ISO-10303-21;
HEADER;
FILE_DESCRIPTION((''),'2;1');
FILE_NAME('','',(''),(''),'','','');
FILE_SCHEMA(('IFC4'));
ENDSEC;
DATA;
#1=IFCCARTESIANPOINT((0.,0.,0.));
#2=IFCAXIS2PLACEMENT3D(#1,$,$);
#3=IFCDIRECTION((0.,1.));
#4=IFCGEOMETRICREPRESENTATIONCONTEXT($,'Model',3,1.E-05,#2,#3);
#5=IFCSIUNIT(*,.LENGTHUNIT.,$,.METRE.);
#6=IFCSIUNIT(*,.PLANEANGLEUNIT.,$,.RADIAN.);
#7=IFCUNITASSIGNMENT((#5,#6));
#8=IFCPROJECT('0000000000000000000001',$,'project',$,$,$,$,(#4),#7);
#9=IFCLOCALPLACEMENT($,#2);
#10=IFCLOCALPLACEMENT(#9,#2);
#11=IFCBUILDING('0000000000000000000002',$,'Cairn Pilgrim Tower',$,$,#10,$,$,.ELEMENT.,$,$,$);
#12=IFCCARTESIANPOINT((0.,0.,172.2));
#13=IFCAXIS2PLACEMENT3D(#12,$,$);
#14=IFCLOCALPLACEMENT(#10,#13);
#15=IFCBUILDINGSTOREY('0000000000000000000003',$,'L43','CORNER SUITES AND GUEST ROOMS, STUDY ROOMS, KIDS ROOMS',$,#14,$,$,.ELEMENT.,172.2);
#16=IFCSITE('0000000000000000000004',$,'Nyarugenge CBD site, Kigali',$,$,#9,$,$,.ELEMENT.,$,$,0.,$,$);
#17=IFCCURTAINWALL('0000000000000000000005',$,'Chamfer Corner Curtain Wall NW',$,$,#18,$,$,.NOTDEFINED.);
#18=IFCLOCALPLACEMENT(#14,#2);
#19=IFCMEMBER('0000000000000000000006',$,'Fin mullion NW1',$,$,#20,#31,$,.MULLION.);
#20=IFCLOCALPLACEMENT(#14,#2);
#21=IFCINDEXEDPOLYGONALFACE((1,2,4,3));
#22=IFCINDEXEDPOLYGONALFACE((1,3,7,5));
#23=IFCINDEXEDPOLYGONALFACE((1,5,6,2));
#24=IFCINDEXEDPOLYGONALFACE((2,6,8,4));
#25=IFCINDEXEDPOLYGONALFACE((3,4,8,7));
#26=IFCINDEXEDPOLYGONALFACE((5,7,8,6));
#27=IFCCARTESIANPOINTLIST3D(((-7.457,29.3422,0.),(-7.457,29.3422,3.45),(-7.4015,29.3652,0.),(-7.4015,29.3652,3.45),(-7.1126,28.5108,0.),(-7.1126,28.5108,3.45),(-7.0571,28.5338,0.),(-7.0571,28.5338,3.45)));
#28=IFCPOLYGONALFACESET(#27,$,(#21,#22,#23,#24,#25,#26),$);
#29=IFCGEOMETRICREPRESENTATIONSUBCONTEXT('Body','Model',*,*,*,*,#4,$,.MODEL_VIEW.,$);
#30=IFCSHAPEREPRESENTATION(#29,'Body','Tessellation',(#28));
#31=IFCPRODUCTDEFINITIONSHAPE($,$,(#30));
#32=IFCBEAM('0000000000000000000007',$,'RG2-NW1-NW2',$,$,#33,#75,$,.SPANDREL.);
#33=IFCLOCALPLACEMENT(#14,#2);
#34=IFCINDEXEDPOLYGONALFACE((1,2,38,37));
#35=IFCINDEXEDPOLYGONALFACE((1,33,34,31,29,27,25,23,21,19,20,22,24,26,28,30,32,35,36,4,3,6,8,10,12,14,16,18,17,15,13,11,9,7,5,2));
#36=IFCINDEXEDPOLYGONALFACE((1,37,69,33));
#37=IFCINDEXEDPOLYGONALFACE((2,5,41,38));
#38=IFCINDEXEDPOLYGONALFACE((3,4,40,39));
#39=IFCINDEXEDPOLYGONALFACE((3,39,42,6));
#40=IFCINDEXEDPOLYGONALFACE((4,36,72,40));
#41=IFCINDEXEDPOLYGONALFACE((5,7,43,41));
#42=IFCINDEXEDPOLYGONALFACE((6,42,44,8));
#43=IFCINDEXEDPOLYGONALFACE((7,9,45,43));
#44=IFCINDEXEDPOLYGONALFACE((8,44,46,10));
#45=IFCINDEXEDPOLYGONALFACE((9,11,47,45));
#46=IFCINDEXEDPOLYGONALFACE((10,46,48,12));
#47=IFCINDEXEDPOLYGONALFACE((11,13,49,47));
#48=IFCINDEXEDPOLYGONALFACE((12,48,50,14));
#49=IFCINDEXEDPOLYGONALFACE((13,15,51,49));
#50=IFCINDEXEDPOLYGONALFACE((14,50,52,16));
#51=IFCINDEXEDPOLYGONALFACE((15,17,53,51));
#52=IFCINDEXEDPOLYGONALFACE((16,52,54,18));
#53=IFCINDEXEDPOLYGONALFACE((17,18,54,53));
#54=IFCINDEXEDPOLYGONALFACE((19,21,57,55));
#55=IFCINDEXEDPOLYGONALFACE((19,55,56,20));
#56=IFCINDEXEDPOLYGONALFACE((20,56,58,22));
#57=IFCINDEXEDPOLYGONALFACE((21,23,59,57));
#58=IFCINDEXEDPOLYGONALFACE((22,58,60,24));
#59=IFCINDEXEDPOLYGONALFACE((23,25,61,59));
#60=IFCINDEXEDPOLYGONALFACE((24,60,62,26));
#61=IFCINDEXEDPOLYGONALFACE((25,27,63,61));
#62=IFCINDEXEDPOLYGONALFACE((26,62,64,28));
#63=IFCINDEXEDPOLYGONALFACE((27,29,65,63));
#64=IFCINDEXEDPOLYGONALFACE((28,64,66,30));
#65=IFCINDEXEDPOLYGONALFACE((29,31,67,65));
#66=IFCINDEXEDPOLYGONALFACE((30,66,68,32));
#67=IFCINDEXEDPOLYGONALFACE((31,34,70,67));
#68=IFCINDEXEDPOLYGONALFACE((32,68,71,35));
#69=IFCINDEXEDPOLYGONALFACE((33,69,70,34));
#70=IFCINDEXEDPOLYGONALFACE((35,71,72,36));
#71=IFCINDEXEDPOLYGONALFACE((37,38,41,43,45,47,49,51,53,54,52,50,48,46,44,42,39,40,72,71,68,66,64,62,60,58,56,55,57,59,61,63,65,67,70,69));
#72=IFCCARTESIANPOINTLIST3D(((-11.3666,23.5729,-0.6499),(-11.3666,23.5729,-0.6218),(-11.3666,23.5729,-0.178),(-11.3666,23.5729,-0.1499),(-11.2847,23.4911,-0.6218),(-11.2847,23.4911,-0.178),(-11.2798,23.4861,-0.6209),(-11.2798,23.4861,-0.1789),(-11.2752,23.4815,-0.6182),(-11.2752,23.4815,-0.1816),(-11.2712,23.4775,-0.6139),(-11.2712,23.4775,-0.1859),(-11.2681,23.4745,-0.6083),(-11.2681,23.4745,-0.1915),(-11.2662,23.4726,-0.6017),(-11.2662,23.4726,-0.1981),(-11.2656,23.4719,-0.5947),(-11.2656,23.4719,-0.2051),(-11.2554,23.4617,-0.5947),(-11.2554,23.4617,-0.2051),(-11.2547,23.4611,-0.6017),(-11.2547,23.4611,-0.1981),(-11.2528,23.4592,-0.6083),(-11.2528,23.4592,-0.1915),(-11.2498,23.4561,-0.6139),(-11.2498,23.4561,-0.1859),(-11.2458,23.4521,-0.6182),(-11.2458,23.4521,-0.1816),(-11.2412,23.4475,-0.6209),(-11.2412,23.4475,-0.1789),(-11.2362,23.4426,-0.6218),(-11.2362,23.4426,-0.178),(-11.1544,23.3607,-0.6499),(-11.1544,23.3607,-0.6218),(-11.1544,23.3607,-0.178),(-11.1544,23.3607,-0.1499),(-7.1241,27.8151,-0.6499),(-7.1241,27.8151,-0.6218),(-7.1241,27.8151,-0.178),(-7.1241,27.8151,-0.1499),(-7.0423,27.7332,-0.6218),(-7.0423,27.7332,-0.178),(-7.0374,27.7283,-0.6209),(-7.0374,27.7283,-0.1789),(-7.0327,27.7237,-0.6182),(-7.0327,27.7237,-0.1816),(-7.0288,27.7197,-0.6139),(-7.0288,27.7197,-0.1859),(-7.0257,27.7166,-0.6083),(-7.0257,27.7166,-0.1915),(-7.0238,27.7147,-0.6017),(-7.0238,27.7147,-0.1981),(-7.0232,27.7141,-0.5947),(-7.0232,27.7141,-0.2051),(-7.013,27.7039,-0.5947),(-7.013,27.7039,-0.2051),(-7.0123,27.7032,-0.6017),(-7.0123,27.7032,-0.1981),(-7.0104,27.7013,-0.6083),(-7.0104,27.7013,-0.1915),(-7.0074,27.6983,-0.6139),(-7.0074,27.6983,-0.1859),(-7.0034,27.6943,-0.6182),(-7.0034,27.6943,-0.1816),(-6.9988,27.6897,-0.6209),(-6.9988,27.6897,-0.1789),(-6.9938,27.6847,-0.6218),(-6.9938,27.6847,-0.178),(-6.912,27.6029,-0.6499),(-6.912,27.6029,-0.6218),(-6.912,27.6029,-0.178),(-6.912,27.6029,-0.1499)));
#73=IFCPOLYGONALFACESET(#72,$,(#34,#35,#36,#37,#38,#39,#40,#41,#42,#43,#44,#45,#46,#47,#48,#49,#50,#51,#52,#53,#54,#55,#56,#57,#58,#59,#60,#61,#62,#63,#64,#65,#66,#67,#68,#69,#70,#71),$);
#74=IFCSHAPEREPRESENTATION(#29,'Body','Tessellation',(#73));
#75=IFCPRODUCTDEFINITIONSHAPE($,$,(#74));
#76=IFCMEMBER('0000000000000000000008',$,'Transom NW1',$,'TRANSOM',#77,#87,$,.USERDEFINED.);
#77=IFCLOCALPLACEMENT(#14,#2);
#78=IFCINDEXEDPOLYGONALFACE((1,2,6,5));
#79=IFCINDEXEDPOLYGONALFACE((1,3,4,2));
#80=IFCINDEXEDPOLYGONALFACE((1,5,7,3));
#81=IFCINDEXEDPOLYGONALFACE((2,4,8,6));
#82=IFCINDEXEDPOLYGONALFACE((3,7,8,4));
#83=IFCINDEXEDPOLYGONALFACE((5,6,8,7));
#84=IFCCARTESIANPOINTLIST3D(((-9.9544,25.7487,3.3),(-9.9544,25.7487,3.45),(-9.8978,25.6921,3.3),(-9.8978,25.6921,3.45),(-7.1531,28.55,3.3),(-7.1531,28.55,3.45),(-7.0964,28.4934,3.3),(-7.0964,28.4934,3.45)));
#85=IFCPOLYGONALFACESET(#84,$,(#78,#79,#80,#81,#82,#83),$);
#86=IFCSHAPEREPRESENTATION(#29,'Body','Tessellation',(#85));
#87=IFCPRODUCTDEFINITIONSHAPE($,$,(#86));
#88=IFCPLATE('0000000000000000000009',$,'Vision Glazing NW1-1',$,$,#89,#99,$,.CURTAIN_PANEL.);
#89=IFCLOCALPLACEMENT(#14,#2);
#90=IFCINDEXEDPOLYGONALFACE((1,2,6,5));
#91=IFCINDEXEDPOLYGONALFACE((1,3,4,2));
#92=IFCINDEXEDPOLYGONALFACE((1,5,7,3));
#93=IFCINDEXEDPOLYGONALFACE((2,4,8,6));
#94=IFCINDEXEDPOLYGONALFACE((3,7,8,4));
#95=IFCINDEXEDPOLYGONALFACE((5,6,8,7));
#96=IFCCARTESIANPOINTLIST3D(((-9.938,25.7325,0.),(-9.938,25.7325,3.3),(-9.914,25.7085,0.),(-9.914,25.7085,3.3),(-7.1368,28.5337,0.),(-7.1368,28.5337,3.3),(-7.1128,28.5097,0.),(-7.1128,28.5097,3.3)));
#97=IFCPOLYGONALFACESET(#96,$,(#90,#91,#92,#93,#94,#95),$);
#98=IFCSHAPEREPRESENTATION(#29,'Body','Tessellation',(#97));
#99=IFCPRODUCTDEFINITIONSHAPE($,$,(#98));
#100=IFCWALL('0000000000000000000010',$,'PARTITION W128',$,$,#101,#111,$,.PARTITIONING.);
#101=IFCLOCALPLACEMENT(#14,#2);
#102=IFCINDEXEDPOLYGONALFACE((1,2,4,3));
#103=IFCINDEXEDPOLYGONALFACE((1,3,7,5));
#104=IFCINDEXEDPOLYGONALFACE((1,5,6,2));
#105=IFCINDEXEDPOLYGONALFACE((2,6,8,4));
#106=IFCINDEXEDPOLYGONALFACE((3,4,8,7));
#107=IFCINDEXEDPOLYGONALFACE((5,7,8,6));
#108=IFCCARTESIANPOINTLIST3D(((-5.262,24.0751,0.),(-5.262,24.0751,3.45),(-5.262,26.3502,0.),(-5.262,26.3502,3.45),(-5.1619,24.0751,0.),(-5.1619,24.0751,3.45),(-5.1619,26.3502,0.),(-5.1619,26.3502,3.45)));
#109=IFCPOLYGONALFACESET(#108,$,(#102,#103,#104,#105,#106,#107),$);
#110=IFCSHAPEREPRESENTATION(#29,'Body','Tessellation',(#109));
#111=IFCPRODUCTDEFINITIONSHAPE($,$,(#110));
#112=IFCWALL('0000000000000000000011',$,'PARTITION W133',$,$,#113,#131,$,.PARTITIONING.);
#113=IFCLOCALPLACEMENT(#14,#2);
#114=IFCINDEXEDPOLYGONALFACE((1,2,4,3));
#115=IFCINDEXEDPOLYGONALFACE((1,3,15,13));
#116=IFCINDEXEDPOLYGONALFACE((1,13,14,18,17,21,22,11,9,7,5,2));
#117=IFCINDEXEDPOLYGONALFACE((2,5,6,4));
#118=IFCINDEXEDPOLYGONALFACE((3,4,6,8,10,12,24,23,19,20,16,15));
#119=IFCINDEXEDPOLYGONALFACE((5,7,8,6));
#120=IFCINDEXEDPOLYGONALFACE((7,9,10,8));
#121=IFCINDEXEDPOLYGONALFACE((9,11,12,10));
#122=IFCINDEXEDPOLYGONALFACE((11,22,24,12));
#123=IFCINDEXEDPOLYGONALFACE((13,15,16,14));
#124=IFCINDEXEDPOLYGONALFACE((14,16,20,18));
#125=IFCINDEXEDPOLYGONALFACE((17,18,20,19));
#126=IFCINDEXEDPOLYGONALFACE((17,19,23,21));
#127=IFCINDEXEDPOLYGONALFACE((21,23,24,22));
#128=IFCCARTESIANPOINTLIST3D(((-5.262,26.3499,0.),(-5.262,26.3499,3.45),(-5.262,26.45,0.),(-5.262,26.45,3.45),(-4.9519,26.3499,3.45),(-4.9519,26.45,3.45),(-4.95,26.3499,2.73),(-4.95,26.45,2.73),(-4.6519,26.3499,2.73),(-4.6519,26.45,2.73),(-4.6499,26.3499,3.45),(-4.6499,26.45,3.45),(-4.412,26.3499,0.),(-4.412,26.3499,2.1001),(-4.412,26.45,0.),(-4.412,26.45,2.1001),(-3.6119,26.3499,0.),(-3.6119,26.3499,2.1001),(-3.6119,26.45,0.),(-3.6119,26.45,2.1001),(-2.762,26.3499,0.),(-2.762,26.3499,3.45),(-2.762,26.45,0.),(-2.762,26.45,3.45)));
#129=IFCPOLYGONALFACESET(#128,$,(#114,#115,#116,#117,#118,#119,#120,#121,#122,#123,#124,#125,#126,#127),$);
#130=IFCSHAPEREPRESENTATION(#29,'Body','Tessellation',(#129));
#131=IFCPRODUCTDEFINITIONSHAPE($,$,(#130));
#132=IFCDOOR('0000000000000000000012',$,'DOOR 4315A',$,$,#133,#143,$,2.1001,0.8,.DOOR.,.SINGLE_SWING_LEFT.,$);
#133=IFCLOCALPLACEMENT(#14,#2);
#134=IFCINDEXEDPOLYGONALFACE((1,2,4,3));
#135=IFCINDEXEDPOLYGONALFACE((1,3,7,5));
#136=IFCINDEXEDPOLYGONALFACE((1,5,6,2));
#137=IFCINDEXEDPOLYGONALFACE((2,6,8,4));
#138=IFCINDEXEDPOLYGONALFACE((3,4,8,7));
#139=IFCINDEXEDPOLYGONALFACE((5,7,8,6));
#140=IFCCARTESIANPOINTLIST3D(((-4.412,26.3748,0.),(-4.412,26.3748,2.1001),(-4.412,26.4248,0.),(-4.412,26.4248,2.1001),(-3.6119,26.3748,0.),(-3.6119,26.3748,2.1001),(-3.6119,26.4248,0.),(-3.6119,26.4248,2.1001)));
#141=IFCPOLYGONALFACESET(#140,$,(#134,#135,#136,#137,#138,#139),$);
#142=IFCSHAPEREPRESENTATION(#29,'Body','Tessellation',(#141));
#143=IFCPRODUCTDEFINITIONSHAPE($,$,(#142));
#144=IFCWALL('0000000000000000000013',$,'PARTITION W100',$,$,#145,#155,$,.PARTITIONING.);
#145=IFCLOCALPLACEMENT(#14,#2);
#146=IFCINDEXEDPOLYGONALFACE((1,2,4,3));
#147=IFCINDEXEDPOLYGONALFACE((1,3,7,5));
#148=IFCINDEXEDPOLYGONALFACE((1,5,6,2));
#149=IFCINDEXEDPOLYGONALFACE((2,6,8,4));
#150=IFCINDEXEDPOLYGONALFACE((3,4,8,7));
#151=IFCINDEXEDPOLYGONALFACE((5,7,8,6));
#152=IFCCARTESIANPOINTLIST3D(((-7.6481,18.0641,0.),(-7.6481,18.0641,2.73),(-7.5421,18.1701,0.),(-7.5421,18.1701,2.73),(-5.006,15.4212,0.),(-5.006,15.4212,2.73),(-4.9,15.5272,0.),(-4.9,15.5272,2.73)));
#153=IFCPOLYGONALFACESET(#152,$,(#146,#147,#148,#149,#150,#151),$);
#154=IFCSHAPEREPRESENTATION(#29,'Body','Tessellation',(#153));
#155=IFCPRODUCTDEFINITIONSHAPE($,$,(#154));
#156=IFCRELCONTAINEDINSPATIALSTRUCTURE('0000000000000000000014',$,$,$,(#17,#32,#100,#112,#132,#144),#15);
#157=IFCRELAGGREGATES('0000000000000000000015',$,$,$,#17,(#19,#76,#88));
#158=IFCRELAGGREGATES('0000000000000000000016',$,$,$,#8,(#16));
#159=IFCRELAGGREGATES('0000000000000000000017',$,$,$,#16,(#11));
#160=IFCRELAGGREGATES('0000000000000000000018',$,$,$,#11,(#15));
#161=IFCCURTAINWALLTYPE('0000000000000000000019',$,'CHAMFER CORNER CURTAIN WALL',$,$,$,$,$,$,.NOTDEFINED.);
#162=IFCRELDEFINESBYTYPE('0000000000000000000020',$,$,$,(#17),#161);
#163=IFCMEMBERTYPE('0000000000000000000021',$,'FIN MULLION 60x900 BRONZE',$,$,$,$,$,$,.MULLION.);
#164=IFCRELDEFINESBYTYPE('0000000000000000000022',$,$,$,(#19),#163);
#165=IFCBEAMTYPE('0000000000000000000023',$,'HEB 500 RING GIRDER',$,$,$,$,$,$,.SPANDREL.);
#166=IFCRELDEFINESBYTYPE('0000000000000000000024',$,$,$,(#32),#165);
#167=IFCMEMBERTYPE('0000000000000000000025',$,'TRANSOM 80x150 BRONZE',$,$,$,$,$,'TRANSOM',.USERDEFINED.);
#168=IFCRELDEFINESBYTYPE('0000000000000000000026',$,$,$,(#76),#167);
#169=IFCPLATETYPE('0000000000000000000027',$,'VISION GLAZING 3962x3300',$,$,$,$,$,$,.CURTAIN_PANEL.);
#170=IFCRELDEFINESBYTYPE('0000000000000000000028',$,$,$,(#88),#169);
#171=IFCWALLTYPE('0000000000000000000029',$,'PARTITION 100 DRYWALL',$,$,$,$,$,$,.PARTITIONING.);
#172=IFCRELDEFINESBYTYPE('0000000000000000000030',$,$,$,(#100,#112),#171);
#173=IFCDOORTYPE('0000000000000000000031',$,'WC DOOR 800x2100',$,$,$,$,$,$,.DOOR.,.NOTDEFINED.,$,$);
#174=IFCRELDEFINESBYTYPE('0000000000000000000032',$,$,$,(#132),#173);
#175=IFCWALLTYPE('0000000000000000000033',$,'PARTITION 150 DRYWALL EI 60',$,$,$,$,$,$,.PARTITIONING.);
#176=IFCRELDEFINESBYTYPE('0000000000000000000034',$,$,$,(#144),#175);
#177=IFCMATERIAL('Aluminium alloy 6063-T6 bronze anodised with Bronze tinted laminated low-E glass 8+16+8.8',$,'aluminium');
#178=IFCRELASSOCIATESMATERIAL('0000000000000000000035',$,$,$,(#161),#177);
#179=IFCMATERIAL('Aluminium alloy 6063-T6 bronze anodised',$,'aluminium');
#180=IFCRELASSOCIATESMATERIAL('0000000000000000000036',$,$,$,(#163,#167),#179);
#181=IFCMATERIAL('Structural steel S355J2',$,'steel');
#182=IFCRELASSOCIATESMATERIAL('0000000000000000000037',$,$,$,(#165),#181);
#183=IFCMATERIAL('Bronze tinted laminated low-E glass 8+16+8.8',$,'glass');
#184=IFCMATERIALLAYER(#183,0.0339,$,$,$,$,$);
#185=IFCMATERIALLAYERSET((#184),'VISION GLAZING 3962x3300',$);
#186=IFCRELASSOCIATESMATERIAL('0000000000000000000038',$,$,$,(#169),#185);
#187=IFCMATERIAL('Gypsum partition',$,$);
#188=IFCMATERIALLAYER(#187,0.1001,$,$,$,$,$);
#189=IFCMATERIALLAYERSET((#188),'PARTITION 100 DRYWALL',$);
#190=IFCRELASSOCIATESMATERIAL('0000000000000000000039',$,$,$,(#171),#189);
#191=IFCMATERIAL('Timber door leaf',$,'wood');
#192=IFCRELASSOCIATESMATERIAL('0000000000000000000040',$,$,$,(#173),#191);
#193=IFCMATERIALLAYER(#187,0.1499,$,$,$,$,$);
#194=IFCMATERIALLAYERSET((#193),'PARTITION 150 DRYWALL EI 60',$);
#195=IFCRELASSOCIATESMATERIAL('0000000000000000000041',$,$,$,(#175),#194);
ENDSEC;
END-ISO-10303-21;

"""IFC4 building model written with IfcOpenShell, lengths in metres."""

from ifc_helpers import new_model, si_unit, direction, frame, frame_2d, origin, origin_2d, place, context, subcontext, project, spatial, polyline, rectangle, i_section, outline, extrude, material, layer, layer_set, material_profile, profile_set, type_object, element, fill, aggregate, save


model = new_model("IFC4")

# Units and contexts
model_context = context("Model", 3, precision=1e-05, world=origin(), true_north=direction((0.0, 1.0)))
body_context = subcontext(model_context, "Body", "Model", "MODEL_VIEW")
ifc_project = project(units=[si_unit("LENGTHUNIT", "METRE"), si_unit("PLANEANGLEUNIT", "RADIAN")], contexts=[model_context])

# Site, building, storey
site_placement = place(None, origin())
site = spatial("IfcSite", under=ifc_project, at=site_placement, Name="Nyarugenge CBD site, Kigali", CompositionType="ELEMENT", RefElevation=0.0)
building_placement = place(site_placement, origin())
building = spatial("IfcBuilding", under=site, at=building_placement, Name="Cairn Pilgrim Tower", CompositionType="ELEMENT")
storey_placement = place(building_placement, frame((0.0, 0.0, 172.2)))
storey = spatial("IfcBuildingStorey", under=building, at=storey_placement, Name="L43", Description="CORNER SUITES AND GUEST ROOMS, STUDY ROOMS, KIDS ROOMS", CompositionType="ELEMENT", Elevation=172.2)

# Curtain wall, member
ifc_material_1 = material(Name="Aluminium alloy 6063-T6 bronze anodised with Bronze tinted laminated low-E glass 8+16+8.8", Category="aluminium")
curtain_wall_type = type_object("IfcCurtainWallType", Name="CHAMFER CORNER CURTAIN WALL", PredefinedType="NOTDEFINED", material=ifc_material_1)
curtain_wall_placement = place(storey_placement, origin())
curtain_wall = element("IfcCurtainWall", 1, at=curtain_wall_placement, inside=storey, type_object=curtain_wall_type, Name="Chamfer Corner Curtain Wall NW", PredefinedType="NOTDEFINED")
ifc_material_2 = material(Name="Aluminium alloy 6063-T6 bronze anodised", Category="aluminium")
ifc_material_profile_1 = material_profile(ifc_material_2, rectangle(XDim=0.8999, YDim=0.0601, at=origin_2d()), Name="FIN MULLION 60x900 BRONZE")
ifc_profile_set_1 = profile_set([ifc_material_profile_1], Name="Aluminium alloy 6063-T6 bronze anodised")
member_type_1 = type_object("IfcMemberType", Name="FIN MULLION 60x900 BRONZE", PredefinedType="MULLION", material=ifc_profile_set_1)
member_1_placement = place(storey_placement, frame((-7.2571, 28.938, 0.0), z_axis=(0.0, 0.0, 1.0), x_axis=(-0.382683, 0.92388, 0.0)))
member_1 = element("IfcMember", 2, at=member_1_placement, type_object=member_type_1, Name="Fin mullion NW1", PredefinedType="MULLION", context=body_context, shape_type="SweptSolid", body=[
    extrude(rectangle(XDim=0.8999, YDim=0.0601, at=origin_2d()), origin(), (0.0, 0.0, 1.0), 3.45),
])

# Beam
ifc_material_3 = material(Name="Structural steel S355J2", Category="steel")
ifc_material_profile_2 = material_profile(ifc_material_3, i_section(OverallWidth=0.3, OverallDepth=0.5, WebThickness=0.0144, FlangeThickness=0.0281, FilletRadius=0.0271, at=origin_2d()), Name="HEB 500")
ifc_profile_set_2 = profile_set([ifc_material_profile_2], Name="Structural steel S355J2")
beam_type = type_object("IfcBeamType", Name="HEB 500 RING GIRDER", PredefinedType="SPANDREL", material=ifc_profile_set_2)
beam_placement = place(storey_placement, frame((-7.0181, 27.709, -0.3999), z_axis=(-0.707127, -0.707086, 0.0), x_axis=(0.707086, -0.707127, 0.0)))
element("IfcBeam", 3, at=beam_placement, inside=storey, type_object=beam_type, Name="RG2-NW1-NW2", PredefinedType="SPANDREL", context=body_context, shape_type="SweptSolid", body=[
    extrude(i_section(OverallWidth=0.3, OverallDepth=0.5, WebThickness=0.0144, FlangeThickness=0.0281, FilletRadius=0.0271, at=origin_2d()), origin(), (0.0, 0.0, 1.0), 5.9995),
])

# Member
ifc_material_profile_3 = material_profile(ifc_material_2, rectangle(XDim=0.0801, YDim=0.1499, at=origin_2d()), Name="TRANSOM 80x150 BRONZE")
ifc_profile_set_3 = profile_set([ifc_material_profile_3], Name="Aluminium alloy 6063-T6 bronze anodised")
member_type_2 = type_object("IfcMemberType", Name="TRANSOM 80x150 BRONZE", ElementType="TRANSOM", PredefinedType="USERDEFINED", material=ifc_profile_set_3)
member_2_placement = place(storey_placement, frame((-7.1248, 28.5217, 3.375), z_axis=(-0.707107, -0.707107, 0.0), x_axis=(0.707107, -0.707107, 0.0)))
member_2 = element("IfcMember", 4, at=member_2_placement, type_object=member_type_2, Name="Transom NW1", ObjectType="TRANSOM", PredefinedType="USERDEFINED", context=body_context, shape_type="SweptSolid", body=[
    extrude(rectangle(XDim=0.0801, YDim=0.1499, at=origin_2d()), origin(), (0.0, 0.0, 1.0), 3.9617),
])

# Plate
ifc_material_4 = material(Name="Bronze tinted laminated low-E glass 8+16+8.8", Category="glass")
ifc_layer_1 = layer(ifc_material_4, 0.0339)
ifc_layer_set_1 = layer_set([ifc_layer_1], Name="VISION GLAZING 3962x3300")
plate_type = type_object("IfcPlateType", Name="VISION GLAZING 3962x3300", PredefinedType="CURTAIN_PANEL", material=ifc_layer_set_1)
plate_placement = place(storey_placement, frame((-8.5254, 27.1211, 0.0), z_axis=(0.0, 0.0, 1.0), x_axis=(-0.707107, -0.707107, 0.0)))
plate = element("IfcPlate", 5, at=plate_placement, type_object=plate_type, Name="Vision Glazing NW1-1", PredefinedType="CURTAIN_PANEL", context=body_context, shape_type="SweptSolid", body=[
    extrude(rectangle(XDim=3.9614, YDim=0.0339, at=origin_2d()), origin(), (0.0, 0.0, 1.0), 3.3),
])
aggregate(curtain_wall, [member_1, member_2, plate])

# Wall
ifc_material_5 = material(Name="Gypsum partition")
ifc_layer_2 = layer(ifc_material_5, 0.1001)
ifc_layer_set_2 = layer_set([ifc_layer_2], Name="PARTITION 100 DRYWALL")
wall_type_1 = type_object("IfcWallType", Name="PARTITION 100 DRYWALL", PredefinedType="PARTITIONING", material=ifc_layer_set_2)
wall_1_placement = place(storey_placement, frame((-5.2119, 24.075, 0.0), z_axis=(0.0, 0.0, 1.0), x_axis=(0.0, 1.0, 0.0)))
element("IfcWall", 6, at=wall_1_placement, inside=storey, type_object=wall_type_1, Name="PARTITION W128", PredefinedType="PARTITIONING", context=body_context, shape_type="SweptSolid", body=[
    extrude(rectangle(XDim=2.2751, YDim=0.1001, at=frame_2d((1.1377, 0.0))), origin(), (0.0, 0.0, 1.0), 3.45),
])

# Wall, opening, door
wall_2_placement = place(storey_placement, frame((-5.262, 26.3999, 0.0), z_axis=(0.0, 0.0, 1.0), x_axis=(1.0, 0.0, 0.0)))
wall_2 = element("IfcWall", 7, at=wall_2_placement, inside=storey, type_object=wall_type_1, Name="PARTITION W133", PredefinedType="PARTITIONING", context=body_context, shape_type="SweptSolid", body=[
    extrude(outline(polyline([(0.0, 0.0), (2.5, 0.0), (2.5, 3.45), (0.6121, 3.45), (0.6101, 2.73), (0.312, 2.73), (0.3101, 3.45), (0.0, 3.45), (0.0, 0.0)])), frame((0.0, 0.05, 0.0), z_axis=(0.0, -1.0, 0.0), x_axis=(1.0, 0.0, 0.0)), (0.0, 0.0, 1.0), 0.1001),
])
opening_1_placement = place(wall_2_placement, frame((0.8501, 0.0, 0.0)))
opening_1 = element("IfcOpeningElement", 8, at=opening_1_placement, cuts=wall_2, PredefinedType="OPENING", context=body_context, shape_type="SweptSolid", body=[
    extrude(rectangle(XDim=0.8, YDim=2.1001, at=frame_2d((0.3999, 1.05))), frame((0.0, 0.0601, 0.0), z_axis=(0.0, -1.0, 0.0), x_axis=(1.0, 0.0, 0.0)), (0.0, 0.0, 1.0), 0.1201),
])
ifc_material_6 = material(Name="Timber door leaf", Category="wood")
door_type_1 = type_object("IfcDoorType", Name="WC DOOR 800x2100", OperationType="NOTDEFINED", PredefinedType="DOOR", material=ifc_material_6)
door_1_placement = place(opening_1_placement, origin())
door_1 = element("IfcDoor", 9, at=door_1_placement, inside=storey, type_object=door_type_1, Name="DOOR 4315A", OperationType="SINGLE_SWING_LEFT", OverallHeight=2.1001, OverallWidth=0.8, PredefinedType="DOOR", context=body_context, shape_type="SweptSolid", body=[
    extrude(rectangle(XDim=0.8, YDim=2.1001, at=frame_2d((0.3999, 1.05))), frame((0.0, 0.0249, 0.0), z_axis=(0.0, -1.0, 0.0), x_axis=(1.0, 0.0, 0.0)), (0.0, 0.0, 1.0), 0.05),
])
fill(opening_1, door_1)

# Wall
ifc_layer_3 = layer(ifc_material_5, 0.1499)
ifc_layer_set_3 = layer_set([ifc_layer_3], Name="PARTITION 150 DRYWALL EI 60")
wall_type_2 = type_object("IfcWallType", Name="PARTITION 150 DRYWALL EI 60", PredefinedType="PARTITIONING", material=ifc_layer_set_3)
wall_3_placement = place(storey_placement, frame((-4.9529, 15.4741, 0.0), z_axis=(0.0, 0.0, 1.0), x_axis=(-0.707009, 0.707205, 0.0)))
element("IfcWall", 10, at=wall_3_placement, inside=storey, type_object=wall_type_2, Name="PARTITION W100", PredefinedType="PARTITIONING", context=body_context, shape_type="SweptSolid", body=[
    extrude(rectangle(XDim=3.7371, YDim=0.1499, at=frame_2d((1.8687, 0.0))), origin(), (0.0, 0.0, 1.0), 2.73),
])

save(model, "model.ifc")
